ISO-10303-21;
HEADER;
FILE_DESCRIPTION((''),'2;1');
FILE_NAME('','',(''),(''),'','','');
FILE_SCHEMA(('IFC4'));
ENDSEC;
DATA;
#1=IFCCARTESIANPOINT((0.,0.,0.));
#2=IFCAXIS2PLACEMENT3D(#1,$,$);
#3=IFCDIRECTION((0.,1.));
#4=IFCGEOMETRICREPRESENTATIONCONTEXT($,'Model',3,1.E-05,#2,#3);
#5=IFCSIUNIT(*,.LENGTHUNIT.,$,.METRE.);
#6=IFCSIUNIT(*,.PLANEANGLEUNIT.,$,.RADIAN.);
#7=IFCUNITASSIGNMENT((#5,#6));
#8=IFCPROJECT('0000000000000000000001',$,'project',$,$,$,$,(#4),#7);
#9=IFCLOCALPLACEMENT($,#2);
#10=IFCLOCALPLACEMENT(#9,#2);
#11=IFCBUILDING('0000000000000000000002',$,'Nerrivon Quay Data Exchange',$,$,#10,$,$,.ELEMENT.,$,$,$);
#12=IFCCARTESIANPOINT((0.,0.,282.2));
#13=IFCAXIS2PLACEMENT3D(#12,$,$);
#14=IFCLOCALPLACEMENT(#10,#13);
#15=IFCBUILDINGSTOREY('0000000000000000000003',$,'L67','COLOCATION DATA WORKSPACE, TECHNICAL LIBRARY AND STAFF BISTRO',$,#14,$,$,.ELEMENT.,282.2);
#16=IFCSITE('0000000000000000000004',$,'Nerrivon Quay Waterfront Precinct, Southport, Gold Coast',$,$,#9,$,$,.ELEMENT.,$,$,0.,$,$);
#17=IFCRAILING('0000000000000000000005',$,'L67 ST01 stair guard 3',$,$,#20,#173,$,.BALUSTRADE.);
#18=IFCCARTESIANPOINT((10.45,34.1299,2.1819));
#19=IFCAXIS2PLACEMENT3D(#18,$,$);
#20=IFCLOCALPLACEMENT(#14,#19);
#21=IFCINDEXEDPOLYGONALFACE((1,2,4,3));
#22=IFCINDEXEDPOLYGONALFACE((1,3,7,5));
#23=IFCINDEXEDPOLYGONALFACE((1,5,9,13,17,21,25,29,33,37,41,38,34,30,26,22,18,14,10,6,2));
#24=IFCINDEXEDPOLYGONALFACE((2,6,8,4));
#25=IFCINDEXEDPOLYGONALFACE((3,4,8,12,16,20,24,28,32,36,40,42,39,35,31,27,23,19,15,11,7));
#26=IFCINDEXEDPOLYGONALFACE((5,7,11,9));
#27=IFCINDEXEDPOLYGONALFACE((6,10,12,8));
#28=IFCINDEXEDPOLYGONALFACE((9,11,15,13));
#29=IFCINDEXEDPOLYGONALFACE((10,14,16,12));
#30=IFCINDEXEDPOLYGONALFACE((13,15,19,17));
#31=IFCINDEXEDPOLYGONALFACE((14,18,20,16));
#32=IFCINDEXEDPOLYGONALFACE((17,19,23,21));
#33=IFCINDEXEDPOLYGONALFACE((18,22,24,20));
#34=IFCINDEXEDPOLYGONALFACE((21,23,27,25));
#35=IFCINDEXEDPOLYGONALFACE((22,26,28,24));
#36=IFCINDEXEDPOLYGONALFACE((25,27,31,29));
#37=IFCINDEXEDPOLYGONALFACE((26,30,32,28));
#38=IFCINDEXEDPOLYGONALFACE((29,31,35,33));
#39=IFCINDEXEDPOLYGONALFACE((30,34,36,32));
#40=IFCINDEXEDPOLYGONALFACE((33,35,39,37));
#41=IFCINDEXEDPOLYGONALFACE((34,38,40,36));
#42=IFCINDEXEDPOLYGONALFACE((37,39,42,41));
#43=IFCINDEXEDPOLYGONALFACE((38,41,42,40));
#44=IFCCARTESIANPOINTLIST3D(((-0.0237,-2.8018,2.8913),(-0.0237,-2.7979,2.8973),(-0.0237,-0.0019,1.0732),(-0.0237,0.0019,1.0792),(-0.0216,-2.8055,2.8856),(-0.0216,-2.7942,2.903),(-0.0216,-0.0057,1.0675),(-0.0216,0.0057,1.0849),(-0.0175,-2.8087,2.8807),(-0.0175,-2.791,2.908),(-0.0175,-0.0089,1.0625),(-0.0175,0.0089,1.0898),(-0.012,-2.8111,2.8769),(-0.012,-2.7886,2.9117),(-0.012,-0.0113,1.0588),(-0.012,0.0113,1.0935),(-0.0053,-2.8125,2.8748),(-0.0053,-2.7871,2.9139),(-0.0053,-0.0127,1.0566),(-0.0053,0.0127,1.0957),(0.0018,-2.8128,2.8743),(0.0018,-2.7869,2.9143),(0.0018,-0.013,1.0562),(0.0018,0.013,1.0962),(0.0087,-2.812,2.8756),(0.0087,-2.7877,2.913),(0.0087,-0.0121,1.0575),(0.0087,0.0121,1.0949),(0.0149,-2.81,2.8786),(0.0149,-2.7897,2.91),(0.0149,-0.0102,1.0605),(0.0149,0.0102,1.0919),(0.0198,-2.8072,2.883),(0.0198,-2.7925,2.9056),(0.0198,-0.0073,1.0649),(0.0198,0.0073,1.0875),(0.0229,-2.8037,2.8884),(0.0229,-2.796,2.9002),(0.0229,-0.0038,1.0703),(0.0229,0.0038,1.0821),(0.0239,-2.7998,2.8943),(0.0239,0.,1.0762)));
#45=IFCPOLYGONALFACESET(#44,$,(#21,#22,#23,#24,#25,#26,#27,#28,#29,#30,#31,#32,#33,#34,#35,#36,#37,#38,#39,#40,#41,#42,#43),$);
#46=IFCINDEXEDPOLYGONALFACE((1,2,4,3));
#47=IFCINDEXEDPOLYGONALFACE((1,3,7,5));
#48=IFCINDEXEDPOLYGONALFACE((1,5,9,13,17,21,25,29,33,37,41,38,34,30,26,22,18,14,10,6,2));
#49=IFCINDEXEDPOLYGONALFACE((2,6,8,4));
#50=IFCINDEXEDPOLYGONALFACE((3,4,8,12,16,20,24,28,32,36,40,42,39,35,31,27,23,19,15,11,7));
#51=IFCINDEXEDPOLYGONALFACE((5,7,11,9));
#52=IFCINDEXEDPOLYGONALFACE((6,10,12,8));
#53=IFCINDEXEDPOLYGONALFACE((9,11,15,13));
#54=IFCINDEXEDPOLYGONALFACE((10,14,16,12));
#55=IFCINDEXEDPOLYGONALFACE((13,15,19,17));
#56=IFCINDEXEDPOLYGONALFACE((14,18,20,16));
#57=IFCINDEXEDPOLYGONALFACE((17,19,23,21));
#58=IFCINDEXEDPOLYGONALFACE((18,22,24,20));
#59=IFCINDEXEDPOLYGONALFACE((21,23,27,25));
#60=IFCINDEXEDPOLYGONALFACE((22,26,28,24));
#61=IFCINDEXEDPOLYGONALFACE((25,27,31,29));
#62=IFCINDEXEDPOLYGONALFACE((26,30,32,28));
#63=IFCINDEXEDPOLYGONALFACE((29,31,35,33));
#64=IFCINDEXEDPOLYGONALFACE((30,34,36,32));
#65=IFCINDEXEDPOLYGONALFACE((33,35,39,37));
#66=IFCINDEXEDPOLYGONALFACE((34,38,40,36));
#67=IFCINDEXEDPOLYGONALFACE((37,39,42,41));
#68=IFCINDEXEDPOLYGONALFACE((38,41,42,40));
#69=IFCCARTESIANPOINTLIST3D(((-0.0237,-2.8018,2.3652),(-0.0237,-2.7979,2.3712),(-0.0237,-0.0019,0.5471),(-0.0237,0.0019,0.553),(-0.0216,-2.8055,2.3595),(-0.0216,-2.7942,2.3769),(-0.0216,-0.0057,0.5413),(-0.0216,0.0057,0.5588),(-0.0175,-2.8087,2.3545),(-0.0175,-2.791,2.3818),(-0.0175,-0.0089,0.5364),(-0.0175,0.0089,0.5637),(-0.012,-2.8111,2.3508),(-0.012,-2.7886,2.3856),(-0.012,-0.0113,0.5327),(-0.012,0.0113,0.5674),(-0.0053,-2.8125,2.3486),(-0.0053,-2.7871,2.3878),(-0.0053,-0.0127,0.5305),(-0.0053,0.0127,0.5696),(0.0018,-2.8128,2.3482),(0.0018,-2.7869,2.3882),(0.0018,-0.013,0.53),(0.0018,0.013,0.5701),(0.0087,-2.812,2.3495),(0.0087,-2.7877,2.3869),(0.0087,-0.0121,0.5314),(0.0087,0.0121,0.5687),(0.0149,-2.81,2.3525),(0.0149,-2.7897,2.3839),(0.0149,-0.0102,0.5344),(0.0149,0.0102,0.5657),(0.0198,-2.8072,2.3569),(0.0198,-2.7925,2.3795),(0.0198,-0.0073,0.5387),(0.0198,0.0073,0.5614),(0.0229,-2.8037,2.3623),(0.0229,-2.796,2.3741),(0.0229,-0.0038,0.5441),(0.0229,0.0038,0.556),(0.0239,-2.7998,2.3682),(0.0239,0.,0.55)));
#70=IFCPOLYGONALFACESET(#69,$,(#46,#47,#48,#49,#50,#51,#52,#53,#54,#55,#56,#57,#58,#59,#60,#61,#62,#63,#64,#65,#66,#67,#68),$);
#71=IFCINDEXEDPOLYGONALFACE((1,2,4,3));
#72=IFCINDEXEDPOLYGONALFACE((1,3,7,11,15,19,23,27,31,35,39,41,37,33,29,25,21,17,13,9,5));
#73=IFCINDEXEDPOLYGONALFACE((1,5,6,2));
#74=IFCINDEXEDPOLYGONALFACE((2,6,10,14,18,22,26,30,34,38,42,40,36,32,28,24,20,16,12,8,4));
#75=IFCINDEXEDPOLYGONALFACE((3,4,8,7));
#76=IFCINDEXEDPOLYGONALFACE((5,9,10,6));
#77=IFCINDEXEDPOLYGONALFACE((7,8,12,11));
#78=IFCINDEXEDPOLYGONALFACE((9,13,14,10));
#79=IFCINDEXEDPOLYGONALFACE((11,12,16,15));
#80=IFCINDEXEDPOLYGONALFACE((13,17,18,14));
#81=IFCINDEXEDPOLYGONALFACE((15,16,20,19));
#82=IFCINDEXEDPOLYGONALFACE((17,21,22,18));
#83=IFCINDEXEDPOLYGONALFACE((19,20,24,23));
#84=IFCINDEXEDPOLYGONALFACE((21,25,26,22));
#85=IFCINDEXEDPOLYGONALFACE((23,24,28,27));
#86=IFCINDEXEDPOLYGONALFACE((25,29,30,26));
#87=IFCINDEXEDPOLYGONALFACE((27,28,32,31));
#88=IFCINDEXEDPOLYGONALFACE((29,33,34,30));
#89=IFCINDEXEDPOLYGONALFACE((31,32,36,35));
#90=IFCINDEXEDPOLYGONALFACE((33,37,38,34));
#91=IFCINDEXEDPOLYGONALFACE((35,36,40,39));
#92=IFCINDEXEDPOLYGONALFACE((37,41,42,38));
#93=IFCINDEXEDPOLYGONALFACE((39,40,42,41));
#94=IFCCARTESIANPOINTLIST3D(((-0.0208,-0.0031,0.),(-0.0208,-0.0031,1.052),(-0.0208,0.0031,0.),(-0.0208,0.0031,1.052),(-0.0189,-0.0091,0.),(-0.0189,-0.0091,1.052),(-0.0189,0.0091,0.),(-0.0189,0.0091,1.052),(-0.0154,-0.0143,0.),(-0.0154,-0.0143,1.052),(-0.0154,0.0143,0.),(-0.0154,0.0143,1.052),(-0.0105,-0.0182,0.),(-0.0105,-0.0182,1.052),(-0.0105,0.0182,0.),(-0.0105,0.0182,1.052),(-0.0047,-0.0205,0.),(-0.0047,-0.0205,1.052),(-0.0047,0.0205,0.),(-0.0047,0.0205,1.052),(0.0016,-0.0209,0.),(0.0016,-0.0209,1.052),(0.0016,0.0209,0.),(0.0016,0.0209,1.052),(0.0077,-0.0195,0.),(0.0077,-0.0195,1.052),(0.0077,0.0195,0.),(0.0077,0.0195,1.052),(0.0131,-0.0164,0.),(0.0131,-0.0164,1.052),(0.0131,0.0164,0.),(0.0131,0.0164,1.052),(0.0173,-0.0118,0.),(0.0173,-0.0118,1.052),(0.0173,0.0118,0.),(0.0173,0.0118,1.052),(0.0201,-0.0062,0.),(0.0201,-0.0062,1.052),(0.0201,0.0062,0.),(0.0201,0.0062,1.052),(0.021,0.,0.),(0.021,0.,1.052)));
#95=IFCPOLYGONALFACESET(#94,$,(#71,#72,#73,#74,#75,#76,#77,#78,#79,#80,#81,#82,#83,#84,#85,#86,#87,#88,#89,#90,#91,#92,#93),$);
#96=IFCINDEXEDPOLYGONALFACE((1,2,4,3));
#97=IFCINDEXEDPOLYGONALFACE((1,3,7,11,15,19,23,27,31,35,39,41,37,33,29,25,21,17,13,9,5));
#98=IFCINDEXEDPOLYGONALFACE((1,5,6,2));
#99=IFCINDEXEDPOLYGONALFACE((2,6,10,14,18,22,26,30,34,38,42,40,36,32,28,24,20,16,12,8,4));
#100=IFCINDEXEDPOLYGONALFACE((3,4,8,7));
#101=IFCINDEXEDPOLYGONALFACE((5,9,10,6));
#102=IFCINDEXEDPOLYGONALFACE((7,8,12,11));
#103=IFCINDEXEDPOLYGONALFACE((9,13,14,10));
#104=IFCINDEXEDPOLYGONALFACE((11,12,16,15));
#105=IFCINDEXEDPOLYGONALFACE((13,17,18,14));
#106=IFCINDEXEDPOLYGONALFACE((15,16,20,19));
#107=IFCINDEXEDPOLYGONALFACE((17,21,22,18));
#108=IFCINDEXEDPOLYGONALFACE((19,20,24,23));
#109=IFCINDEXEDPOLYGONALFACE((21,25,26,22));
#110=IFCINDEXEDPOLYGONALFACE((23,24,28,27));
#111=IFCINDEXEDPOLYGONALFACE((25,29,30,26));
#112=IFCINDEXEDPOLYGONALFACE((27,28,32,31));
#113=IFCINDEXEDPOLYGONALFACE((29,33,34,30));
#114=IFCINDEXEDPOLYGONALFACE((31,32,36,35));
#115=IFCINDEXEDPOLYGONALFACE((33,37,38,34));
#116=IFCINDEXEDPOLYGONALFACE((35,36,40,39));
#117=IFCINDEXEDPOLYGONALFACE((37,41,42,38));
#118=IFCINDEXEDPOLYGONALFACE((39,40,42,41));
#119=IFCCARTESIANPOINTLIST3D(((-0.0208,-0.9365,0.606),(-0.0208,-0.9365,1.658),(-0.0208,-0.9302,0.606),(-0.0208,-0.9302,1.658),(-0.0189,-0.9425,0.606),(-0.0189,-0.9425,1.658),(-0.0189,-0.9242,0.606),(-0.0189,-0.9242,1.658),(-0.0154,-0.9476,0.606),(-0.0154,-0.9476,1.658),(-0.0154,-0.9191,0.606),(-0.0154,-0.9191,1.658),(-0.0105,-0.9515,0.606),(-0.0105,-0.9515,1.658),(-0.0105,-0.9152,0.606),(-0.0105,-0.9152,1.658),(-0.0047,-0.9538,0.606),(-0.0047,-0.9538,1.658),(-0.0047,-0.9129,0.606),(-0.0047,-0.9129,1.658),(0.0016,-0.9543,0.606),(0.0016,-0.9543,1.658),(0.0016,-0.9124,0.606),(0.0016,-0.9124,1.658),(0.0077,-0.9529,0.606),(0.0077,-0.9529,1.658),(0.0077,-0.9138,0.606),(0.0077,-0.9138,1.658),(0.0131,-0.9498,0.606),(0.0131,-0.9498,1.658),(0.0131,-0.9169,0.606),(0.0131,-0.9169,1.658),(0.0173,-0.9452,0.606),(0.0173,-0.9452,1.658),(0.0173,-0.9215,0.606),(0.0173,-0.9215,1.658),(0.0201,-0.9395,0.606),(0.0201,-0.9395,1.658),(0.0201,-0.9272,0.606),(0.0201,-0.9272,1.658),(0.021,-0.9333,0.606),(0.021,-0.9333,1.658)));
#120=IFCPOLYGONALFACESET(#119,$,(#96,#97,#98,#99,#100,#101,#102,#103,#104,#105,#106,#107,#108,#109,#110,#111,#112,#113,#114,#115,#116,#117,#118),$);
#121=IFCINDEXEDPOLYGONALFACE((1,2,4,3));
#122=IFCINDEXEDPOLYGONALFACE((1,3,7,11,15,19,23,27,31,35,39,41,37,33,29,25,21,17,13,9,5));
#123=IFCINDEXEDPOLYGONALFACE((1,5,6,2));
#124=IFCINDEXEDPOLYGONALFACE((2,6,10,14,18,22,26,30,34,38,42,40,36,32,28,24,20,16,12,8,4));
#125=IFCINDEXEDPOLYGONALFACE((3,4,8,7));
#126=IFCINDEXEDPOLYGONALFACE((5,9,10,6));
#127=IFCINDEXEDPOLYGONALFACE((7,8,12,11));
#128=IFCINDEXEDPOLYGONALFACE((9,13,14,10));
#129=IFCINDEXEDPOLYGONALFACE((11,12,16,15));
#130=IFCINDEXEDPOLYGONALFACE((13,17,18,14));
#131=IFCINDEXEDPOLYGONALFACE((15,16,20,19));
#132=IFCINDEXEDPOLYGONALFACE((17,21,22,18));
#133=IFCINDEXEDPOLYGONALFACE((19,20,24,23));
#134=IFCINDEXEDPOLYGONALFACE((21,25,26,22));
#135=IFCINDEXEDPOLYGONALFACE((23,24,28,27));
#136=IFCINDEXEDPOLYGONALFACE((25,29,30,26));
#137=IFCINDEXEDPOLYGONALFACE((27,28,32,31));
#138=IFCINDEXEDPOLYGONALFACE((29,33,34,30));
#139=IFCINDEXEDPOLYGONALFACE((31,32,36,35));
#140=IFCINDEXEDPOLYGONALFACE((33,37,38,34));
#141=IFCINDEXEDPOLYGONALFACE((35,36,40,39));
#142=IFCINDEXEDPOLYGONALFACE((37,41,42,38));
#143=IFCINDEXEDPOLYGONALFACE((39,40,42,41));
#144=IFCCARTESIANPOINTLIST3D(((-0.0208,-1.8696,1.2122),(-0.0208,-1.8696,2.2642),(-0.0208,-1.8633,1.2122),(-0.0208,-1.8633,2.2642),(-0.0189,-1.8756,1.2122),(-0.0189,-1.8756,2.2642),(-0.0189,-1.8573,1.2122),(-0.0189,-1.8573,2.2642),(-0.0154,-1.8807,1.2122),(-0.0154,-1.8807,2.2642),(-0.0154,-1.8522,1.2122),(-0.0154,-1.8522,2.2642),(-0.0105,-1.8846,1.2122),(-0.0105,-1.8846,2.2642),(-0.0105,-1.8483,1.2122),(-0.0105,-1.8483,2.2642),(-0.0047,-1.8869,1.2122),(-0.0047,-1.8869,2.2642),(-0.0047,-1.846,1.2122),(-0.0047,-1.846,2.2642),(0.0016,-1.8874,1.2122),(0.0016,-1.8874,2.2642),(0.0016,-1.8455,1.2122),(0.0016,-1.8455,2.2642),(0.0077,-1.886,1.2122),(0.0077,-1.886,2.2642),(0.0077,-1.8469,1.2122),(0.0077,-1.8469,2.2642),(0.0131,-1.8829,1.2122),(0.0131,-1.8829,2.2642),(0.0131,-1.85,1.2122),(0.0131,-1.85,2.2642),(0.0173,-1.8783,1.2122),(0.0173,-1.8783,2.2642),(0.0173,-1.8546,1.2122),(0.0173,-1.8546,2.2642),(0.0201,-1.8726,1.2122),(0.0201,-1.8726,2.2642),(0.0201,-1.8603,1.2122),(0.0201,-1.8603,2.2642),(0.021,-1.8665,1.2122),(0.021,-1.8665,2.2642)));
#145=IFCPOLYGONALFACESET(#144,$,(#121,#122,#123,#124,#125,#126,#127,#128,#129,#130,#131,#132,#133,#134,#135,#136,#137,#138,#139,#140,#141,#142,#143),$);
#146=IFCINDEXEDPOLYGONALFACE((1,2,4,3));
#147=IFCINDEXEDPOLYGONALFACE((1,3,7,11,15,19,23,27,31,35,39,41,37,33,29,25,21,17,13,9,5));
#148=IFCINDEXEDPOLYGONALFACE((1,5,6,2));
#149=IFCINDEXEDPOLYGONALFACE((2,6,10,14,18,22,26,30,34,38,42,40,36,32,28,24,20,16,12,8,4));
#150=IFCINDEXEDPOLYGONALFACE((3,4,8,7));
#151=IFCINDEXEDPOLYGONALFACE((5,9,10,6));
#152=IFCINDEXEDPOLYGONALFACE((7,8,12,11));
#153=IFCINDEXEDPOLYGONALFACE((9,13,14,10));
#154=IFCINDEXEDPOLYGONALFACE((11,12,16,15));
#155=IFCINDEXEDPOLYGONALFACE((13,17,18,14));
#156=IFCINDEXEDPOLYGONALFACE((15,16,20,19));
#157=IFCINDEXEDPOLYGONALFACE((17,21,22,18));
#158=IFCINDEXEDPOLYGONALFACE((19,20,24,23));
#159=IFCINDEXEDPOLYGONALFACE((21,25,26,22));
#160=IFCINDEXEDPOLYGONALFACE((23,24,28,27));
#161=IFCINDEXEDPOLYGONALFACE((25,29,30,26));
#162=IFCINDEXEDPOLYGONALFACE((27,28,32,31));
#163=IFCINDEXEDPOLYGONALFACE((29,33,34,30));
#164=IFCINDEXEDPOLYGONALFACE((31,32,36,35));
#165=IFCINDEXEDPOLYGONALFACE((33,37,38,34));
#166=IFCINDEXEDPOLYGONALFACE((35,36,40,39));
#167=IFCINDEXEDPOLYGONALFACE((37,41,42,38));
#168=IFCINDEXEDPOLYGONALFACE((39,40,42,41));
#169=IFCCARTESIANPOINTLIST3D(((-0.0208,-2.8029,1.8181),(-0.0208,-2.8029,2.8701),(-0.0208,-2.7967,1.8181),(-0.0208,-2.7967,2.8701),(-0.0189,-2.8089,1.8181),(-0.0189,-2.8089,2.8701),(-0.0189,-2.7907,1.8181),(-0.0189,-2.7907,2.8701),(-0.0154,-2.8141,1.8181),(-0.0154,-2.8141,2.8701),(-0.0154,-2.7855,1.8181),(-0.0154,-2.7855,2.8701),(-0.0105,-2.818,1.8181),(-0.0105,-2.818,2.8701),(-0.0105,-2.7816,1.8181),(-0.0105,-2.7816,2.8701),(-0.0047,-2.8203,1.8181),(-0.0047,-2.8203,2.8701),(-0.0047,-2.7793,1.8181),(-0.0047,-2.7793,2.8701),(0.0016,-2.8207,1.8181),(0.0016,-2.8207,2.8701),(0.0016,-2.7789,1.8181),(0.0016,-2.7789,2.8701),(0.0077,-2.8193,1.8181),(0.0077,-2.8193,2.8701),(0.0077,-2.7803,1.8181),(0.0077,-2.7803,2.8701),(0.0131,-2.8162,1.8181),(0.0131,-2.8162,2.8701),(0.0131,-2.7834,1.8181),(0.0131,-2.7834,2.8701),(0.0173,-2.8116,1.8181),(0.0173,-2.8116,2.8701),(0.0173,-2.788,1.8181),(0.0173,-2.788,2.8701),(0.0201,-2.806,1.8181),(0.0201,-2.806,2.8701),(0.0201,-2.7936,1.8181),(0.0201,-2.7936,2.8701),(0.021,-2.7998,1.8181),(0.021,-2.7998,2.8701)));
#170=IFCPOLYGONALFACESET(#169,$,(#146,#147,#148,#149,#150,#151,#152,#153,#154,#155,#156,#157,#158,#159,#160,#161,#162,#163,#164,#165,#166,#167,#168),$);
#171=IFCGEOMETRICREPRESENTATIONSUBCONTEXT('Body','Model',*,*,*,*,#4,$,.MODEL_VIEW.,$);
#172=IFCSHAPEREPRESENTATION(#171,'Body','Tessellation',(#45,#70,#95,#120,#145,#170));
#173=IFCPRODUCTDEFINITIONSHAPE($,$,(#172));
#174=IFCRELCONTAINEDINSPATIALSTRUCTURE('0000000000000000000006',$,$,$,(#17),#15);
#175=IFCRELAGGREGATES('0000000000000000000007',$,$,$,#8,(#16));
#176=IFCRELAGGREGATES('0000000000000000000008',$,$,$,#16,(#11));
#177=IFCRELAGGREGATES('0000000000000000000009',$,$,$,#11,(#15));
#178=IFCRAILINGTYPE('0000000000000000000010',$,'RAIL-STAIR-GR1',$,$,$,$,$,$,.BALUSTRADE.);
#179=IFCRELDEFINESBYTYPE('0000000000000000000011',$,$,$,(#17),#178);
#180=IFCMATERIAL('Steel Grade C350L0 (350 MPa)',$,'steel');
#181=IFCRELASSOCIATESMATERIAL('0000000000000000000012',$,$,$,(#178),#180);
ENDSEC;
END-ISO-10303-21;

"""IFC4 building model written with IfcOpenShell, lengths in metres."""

from ifc_helpers import new_model, si_unit, direction, frame, origin, origin_2d, place, context, subcontext, project, spatial, circle, extrude, material, type_object, element, save


model = new_model("IFC4")

# Units and contexts
model_context = context("Model", 3, precision=1e-05, world=origin(), true_north=direction((0.0, 1.0)))
body_context = subcontext(model_context, "Body", "Model", "MODEL_VIEW")
ifc_project = project(units=[si_unit("LENGTHUNIT", "METRE"), si_unit("PLANEANGLEUNIT", "RADIAN")], contexts=[model_context])

# Site, building, storey
site_placement = place(None, origin())
site = spatial("IfcSite", under=ifc_project, at=site_placement, Name="Nerrivon Quay Waterfront Precinct, Southport, Gold Coast", CompositionType="ELEMENT", RefElevation=0.0)
building_placement = place(site_placement, origin())
building = spatial("IfcBuilding", under=site, at=building_placement, Name="Nerrivon Quay Data Exchange", CompositionType="ELEMENT")
storey_placement = place(building_placement, frame((0.0, 0.0, 282.2)))
storey = spatial("IfcBuildingStorey", under=building, at=storey_placement, Name="L67", Description="COLOCATION DATA WORKSPACE, TECHNICAL LIBRARY AND STAFF BISTRO", CompositionType="ELEMENT", Elevation=282.2)

# Shared definitions
ifc_material_1 = material(Name="Steel Grade C350L0 (350 MPa)", Category="steel")

# Railing
railing_type_1 = type_object("IfcRailingType", Name="RAIL-STAIR-GR1", PredefinedType="BALUSTRADE", material=ifc_material_1)
railing_1_placement = place(storey_placement, frame((10.45, 34.1299, 2.1819)))
element("IfcRailing", 1, at=railing_1_placement, inside=storey, type_object=railing_type_1, Name="L67 ST01 stair guard 3", PredefinedType="BALUSTRADE", context=body_context, shape_type="SweptSolid", body=[
    extrude(circle(Radius=0.0239, at=origin_2d()), frame((0.0, 0.0, 1.0762), z_axis=(0.0, -0.838684, 0.544618), x_axis=(1.0, 0.0, 0.0)), (0.0, 0.0, 1.0), 3.3384),
    extrude(circle(Radius=0.0239, at=origin_2d()), frame((0.0, 0.0, 0.55), z_axis=(0.0, -0.838684, 0.544618), x_axis=(1.0, 0.0, 0.0)), (0.0, 0.0, 1.0), 3.3384),
    extrude(circle(Radius=0.021, at=origin_2d()), origin(), (0.0, 0.0, 1.0), 1.052),
    extrude(circle(Radius=0.021, at=origin_2d()), frame((0.0, -0.9333, 0.606)), (0.0, 0.0, 1.0), 1.052),
    extrude(circle(Radius=0.021, at=origin_2d()), frame((0.0, -1.8665, 1.2122)), (0.0, 0.0, 1.0), 1.052),
    extrude(circle(Radius=0.021, at=origin_2d()), frame((0.0, -2.7998, 1.8181)), (0.0, 0.0, 1.0), 1.052),
])

save(model, "model.ifc")
